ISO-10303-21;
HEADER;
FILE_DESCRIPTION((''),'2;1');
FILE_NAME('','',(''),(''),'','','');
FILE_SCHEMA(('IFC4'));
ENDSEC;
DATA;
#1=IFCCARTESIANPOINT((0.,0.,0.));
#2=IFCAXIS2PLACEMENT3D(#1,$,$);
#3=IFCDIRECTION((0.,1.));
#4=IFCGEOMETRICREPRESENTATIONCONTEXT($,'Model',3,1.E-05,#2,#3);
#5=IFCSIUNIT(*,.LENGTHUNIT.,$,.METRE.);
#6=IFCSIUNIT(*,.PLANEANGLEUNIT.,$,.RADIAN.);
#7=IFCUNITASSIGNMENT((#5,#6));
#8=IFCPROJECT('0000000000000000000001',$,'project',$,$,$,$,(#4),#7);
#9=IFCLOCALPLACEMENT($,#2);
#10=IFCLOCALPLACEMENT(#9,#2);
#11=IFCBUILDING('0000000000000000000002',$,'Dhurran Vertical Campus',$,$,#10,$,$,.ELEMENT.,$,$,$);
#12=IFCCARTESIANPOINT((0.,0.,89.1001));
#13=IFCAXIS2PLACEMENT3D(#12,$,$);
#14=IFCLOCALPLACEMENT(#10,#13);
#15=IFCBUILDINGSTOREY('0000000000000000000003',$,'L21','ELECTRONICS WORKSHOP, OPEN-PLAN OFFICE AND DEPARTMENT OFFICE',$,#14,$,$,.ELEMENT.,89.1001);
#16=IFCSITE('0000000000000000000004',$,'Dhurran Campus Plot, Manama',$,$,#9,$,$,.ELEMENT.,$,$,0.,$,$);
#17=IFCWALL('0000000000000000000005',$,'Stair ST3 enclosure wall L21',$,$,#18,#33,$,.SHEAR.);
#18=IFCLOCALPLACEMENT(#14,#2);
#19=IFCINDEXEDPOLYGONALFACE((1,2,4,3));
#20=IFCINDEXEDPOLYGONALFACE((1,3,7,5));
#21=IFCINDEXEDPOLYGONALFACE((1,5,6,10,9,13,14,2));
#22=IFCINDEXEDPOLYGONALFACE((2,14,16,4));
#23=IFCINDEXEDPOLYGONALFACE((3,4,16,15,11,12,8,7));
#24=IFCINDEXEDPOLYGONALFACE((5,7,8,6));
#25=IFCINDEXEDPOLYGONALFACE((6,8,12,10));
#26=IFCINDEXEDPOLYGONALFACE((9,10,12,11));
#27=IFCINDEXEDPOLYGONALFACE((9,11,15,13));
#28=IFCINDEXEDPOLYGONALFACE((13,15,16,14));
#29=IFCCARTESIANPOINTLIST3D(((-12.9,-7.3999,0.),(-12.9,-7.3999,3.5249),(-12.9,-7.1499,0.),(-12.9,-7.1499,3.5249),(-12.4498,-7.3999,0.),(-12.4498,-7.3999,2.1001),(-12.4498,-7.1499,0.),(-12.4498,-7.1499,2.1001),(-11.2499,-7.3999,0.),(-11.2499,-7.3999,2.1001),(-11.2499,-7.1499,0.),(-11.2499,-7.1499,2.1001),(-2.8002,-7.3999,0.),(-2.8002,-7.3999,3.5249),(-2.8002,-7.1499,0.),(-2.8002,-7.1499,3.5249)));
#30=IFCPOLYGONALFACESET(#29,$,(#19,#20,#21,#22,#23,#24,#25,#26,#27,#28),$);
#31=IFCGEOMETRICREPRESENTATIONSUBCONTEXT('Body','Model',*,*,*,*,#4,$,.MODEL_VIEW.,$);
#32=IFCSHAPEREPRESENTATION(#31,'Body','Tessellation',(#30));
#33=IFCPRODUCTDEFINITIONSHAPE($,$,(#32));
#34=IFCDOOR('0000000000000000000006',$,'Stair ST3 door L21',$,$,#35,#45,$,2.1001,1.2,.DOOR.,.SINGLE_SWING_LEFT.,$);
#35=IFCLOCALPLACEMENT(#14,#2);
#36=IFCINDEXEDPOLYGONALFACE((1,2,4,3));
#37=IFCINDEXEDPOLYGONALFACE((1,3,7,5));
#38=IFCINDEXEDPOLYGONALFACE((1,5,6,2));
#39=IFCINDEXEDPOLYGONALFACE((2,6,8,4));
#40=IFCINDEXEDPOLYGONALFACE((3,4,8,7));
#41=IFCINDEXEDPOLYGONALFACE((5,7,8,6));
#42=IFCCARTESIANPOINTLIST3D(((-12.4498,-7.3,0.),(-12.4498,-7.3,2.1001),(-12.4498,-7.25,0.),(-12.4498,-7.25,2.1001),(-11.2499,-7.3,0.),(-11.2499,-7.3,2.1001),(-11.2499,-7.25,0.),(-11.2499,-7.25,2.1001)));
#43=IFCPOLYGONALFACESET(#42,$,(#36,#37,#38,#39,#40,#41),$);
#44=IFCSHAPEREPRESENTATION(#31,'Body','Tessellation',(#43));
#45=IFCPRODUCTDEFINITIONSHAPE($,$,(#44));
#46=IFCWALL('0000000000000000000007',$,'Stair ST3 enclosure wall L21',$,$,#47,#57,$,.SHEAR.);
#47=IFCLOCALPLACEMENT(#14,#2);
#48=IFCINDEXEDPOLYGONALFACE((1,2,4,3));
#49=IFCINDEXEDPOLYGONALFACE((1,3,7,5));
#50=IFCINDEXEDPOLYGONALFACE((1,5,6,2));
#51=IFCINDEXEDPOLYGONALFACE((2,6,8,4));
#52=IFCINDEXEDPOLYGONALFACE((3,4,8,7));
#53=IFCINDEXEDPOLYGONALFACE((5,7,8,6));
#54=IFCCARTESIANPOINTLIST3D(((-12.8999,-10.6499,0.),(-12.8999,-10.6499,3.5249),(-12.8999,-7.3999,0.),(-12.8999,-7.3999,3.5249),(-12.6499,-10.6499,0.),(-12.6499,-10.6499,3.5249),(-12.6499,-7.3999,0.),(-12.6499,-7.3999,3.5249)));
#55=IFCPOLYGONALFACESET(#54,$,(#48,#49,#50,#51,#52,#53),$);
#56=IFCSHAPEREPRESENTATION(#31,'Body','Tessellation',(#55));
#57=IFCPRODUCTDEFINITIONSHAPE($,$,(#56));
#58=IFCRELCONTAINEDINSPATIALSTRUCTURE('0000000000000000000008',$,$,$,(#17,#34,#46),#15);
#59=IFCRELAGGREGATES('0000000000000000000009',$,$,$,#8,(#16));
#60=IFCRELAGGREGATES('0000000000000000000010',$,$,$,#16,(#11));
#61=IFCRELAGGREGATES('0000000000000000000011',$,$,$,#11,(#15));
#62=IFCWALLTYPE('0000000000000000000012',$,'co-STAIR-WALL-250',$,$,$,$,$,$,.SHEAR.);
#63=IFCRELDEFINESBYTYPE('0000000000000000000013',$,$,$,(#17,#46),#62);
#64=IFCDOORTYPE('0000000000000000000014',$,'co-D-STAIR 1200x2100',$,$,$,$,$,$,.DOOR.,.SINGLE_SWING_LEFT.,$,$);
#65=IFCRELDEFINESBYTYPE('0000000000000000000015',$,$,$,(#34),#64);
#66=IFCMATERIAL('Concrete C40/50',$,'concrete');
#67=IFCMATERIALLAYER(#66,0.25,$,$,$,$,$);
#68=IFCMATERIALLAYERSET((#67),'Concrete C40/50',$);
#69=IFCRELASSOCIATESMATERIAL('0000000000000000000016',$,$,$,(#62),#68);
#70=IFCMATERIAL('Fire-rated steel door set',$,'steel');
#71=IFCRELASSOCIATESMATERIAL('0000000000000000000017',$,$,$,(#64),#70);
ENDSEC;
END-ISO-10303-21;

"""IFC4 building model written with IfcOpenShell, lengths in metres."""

from ifc_helpers import new_model, si_unit, direction, frame, frame_2d, origin, place, context, subcontext, project, spatial, rectangle, extrude, material, layer, layer_set, type_object, element, fill, save


model = new_model("IFC4")

# Units and contexts
model_context = context("Model", 3, precision=1e-05, world=origin(), true_north=direction((0.0, 1.0)))
body_context = subcontext(model_context, "Body", "Model", "MODEL_VIEW")
ifc_project = project(units=[si_unit("LENGTHUNIT", "METRE"), si_unit("PLANEANGLEUNIT", "RADIAN")], contexts=[model_context])

# Site, building, storey
site_placement = place(None, origin())
site = spatial("IfcSite", under=ifc_project, at=site_placement, Name="Dhurran Campus Plot, Manama", CompositionType="ELEMENT", RefElevation=0.0)
building_placement = place(site_placement, origin())
building = spatial("IfcBuilding", under=site, at=building_placement, Name="Dhurran Vertical Campus", CompositionType="ELEMENT")
storey_placement = place(building_placement, frame((0.0, 0.0, 89.1001)))
storey = spatial("IfcBuildingStorey", under=building, at=storey_placement, Name="L21", Description="ELECTRONICS WORKSHOP, OPEN-PLAN OFFICE AND DEPARTMENT OFFICE", CompositionType="ELEMENT", Elevation=89.1001)

# Wall, opening, door
ifc_material_1 = material(Name="Concrete C40/50", Category="concrete")
ifc_layer_1 = layer(ifc_material_1, 0.25)
ifc_layer_set_1 = layer_set([ifc_layer_1], Name="Concrete C40/50")
wall_type_1 = type_object("IfcWallType", Name="co-STAIR-WALL-250", PredefinedType="SHEAR", material=ifc_layer_set_1)
wall_1_placement = place(storey_placement, frame((-12.8999, -7.2749, 0.0), z_axis=(0.0, 0.0, 1.0), x_axis=(1.0, 0.0, 0.0)))
wall_1 = element("IfcWall", 1, at=wall_1_placement, inside=storey, type_object=wall_type_1, Name="Stair ST3 enclosure wall L21", PredefinedType="SHEAR", context=body_context, shape_type="SweptSolid", body=[
    extrude(rectangle(XDim=10.0999, YDim=0.25, at=frame_2d((5.0498, 0.0))), origin(), (0.0, 0.0, 1.0), 3.5249),
])
opening_1_placement = place(wall_1_placement, frame((0.45, 0.0, 0.0)))
opening_1 = element("IfcOpeningElement", 2, at=opening_1_placement, cuts=wall_1, PredefinedType="OPENING", context=body_context, shape_type="SweptSolid", body=[
    extrude(rectangle(XDim=1.2, YDim=2.1001, at=frame_2d((0.6001, 1.05))), frame((0.0, 0.135, 0.0), z_axis=(0.0, -1.0, 0.0), x_axis=(1.0, 0.0, 0.0)), (0.0, 0.0, 1.0), 0.27),
])
ifc_material_2 = material(Name="Fire-rated steel door set", Category="steel")
door_type_1 = type_object("IfcDoorType", Name="co-D-STAIR 1200x2100", OperationType="SINGLE_SWING_LEFT", PredefinedType="DOOR", material=ifc_material_2)
door_1_placement = place(opening_1_placement, origin())
door_1 = element("IfcDoor", 3, at=door_1_placement, inside=storey, type_object=door_type_1, Name="Stair ST3 door L21", OperationType="SINGLE_SWING_LEFT", OverallHeight=2.1001, OverallWidth=1.2, PredefinedType="DOOR", context=body_context, shape_type="SweptSolid", body=[
    extrude(rectangle(XDim=1.2, YDim=2.1001, at=frame_2d((0.6001, 1.05))), frame((0.0, 0.0249, 0.0), z_axis=(0.0, -1.0, 0.0), x_axis=(1.0, 0.0, 0.0)), (0.0, 0.0, 1.0), 0.05),
])
fill(opening_1, door_1)

# Wall
wall_2_placement = place(storey_placement, frame((-12.7749, -10.6499, 0.0), z_axis=(0.0, 0.0, 1.0), x_axis=(0.0, 1.0, 0.0)))
element("IfcWall", 4, at=wall_2_placement, inside=storey, type_object=wall_type_1, Name="Stair ST3 enclosure wall L21", PredefinedType="SHEAR", context=body_context, shape_type="SweptSolid", body=[
    extrude(rectangle(XDim=3.25, YDim=0.25, at=frame_2d((1.625, 0.0))), origin(), (0.0, 0.0, 1.0), 3.5249),
])

save(model, "model.ifc")
